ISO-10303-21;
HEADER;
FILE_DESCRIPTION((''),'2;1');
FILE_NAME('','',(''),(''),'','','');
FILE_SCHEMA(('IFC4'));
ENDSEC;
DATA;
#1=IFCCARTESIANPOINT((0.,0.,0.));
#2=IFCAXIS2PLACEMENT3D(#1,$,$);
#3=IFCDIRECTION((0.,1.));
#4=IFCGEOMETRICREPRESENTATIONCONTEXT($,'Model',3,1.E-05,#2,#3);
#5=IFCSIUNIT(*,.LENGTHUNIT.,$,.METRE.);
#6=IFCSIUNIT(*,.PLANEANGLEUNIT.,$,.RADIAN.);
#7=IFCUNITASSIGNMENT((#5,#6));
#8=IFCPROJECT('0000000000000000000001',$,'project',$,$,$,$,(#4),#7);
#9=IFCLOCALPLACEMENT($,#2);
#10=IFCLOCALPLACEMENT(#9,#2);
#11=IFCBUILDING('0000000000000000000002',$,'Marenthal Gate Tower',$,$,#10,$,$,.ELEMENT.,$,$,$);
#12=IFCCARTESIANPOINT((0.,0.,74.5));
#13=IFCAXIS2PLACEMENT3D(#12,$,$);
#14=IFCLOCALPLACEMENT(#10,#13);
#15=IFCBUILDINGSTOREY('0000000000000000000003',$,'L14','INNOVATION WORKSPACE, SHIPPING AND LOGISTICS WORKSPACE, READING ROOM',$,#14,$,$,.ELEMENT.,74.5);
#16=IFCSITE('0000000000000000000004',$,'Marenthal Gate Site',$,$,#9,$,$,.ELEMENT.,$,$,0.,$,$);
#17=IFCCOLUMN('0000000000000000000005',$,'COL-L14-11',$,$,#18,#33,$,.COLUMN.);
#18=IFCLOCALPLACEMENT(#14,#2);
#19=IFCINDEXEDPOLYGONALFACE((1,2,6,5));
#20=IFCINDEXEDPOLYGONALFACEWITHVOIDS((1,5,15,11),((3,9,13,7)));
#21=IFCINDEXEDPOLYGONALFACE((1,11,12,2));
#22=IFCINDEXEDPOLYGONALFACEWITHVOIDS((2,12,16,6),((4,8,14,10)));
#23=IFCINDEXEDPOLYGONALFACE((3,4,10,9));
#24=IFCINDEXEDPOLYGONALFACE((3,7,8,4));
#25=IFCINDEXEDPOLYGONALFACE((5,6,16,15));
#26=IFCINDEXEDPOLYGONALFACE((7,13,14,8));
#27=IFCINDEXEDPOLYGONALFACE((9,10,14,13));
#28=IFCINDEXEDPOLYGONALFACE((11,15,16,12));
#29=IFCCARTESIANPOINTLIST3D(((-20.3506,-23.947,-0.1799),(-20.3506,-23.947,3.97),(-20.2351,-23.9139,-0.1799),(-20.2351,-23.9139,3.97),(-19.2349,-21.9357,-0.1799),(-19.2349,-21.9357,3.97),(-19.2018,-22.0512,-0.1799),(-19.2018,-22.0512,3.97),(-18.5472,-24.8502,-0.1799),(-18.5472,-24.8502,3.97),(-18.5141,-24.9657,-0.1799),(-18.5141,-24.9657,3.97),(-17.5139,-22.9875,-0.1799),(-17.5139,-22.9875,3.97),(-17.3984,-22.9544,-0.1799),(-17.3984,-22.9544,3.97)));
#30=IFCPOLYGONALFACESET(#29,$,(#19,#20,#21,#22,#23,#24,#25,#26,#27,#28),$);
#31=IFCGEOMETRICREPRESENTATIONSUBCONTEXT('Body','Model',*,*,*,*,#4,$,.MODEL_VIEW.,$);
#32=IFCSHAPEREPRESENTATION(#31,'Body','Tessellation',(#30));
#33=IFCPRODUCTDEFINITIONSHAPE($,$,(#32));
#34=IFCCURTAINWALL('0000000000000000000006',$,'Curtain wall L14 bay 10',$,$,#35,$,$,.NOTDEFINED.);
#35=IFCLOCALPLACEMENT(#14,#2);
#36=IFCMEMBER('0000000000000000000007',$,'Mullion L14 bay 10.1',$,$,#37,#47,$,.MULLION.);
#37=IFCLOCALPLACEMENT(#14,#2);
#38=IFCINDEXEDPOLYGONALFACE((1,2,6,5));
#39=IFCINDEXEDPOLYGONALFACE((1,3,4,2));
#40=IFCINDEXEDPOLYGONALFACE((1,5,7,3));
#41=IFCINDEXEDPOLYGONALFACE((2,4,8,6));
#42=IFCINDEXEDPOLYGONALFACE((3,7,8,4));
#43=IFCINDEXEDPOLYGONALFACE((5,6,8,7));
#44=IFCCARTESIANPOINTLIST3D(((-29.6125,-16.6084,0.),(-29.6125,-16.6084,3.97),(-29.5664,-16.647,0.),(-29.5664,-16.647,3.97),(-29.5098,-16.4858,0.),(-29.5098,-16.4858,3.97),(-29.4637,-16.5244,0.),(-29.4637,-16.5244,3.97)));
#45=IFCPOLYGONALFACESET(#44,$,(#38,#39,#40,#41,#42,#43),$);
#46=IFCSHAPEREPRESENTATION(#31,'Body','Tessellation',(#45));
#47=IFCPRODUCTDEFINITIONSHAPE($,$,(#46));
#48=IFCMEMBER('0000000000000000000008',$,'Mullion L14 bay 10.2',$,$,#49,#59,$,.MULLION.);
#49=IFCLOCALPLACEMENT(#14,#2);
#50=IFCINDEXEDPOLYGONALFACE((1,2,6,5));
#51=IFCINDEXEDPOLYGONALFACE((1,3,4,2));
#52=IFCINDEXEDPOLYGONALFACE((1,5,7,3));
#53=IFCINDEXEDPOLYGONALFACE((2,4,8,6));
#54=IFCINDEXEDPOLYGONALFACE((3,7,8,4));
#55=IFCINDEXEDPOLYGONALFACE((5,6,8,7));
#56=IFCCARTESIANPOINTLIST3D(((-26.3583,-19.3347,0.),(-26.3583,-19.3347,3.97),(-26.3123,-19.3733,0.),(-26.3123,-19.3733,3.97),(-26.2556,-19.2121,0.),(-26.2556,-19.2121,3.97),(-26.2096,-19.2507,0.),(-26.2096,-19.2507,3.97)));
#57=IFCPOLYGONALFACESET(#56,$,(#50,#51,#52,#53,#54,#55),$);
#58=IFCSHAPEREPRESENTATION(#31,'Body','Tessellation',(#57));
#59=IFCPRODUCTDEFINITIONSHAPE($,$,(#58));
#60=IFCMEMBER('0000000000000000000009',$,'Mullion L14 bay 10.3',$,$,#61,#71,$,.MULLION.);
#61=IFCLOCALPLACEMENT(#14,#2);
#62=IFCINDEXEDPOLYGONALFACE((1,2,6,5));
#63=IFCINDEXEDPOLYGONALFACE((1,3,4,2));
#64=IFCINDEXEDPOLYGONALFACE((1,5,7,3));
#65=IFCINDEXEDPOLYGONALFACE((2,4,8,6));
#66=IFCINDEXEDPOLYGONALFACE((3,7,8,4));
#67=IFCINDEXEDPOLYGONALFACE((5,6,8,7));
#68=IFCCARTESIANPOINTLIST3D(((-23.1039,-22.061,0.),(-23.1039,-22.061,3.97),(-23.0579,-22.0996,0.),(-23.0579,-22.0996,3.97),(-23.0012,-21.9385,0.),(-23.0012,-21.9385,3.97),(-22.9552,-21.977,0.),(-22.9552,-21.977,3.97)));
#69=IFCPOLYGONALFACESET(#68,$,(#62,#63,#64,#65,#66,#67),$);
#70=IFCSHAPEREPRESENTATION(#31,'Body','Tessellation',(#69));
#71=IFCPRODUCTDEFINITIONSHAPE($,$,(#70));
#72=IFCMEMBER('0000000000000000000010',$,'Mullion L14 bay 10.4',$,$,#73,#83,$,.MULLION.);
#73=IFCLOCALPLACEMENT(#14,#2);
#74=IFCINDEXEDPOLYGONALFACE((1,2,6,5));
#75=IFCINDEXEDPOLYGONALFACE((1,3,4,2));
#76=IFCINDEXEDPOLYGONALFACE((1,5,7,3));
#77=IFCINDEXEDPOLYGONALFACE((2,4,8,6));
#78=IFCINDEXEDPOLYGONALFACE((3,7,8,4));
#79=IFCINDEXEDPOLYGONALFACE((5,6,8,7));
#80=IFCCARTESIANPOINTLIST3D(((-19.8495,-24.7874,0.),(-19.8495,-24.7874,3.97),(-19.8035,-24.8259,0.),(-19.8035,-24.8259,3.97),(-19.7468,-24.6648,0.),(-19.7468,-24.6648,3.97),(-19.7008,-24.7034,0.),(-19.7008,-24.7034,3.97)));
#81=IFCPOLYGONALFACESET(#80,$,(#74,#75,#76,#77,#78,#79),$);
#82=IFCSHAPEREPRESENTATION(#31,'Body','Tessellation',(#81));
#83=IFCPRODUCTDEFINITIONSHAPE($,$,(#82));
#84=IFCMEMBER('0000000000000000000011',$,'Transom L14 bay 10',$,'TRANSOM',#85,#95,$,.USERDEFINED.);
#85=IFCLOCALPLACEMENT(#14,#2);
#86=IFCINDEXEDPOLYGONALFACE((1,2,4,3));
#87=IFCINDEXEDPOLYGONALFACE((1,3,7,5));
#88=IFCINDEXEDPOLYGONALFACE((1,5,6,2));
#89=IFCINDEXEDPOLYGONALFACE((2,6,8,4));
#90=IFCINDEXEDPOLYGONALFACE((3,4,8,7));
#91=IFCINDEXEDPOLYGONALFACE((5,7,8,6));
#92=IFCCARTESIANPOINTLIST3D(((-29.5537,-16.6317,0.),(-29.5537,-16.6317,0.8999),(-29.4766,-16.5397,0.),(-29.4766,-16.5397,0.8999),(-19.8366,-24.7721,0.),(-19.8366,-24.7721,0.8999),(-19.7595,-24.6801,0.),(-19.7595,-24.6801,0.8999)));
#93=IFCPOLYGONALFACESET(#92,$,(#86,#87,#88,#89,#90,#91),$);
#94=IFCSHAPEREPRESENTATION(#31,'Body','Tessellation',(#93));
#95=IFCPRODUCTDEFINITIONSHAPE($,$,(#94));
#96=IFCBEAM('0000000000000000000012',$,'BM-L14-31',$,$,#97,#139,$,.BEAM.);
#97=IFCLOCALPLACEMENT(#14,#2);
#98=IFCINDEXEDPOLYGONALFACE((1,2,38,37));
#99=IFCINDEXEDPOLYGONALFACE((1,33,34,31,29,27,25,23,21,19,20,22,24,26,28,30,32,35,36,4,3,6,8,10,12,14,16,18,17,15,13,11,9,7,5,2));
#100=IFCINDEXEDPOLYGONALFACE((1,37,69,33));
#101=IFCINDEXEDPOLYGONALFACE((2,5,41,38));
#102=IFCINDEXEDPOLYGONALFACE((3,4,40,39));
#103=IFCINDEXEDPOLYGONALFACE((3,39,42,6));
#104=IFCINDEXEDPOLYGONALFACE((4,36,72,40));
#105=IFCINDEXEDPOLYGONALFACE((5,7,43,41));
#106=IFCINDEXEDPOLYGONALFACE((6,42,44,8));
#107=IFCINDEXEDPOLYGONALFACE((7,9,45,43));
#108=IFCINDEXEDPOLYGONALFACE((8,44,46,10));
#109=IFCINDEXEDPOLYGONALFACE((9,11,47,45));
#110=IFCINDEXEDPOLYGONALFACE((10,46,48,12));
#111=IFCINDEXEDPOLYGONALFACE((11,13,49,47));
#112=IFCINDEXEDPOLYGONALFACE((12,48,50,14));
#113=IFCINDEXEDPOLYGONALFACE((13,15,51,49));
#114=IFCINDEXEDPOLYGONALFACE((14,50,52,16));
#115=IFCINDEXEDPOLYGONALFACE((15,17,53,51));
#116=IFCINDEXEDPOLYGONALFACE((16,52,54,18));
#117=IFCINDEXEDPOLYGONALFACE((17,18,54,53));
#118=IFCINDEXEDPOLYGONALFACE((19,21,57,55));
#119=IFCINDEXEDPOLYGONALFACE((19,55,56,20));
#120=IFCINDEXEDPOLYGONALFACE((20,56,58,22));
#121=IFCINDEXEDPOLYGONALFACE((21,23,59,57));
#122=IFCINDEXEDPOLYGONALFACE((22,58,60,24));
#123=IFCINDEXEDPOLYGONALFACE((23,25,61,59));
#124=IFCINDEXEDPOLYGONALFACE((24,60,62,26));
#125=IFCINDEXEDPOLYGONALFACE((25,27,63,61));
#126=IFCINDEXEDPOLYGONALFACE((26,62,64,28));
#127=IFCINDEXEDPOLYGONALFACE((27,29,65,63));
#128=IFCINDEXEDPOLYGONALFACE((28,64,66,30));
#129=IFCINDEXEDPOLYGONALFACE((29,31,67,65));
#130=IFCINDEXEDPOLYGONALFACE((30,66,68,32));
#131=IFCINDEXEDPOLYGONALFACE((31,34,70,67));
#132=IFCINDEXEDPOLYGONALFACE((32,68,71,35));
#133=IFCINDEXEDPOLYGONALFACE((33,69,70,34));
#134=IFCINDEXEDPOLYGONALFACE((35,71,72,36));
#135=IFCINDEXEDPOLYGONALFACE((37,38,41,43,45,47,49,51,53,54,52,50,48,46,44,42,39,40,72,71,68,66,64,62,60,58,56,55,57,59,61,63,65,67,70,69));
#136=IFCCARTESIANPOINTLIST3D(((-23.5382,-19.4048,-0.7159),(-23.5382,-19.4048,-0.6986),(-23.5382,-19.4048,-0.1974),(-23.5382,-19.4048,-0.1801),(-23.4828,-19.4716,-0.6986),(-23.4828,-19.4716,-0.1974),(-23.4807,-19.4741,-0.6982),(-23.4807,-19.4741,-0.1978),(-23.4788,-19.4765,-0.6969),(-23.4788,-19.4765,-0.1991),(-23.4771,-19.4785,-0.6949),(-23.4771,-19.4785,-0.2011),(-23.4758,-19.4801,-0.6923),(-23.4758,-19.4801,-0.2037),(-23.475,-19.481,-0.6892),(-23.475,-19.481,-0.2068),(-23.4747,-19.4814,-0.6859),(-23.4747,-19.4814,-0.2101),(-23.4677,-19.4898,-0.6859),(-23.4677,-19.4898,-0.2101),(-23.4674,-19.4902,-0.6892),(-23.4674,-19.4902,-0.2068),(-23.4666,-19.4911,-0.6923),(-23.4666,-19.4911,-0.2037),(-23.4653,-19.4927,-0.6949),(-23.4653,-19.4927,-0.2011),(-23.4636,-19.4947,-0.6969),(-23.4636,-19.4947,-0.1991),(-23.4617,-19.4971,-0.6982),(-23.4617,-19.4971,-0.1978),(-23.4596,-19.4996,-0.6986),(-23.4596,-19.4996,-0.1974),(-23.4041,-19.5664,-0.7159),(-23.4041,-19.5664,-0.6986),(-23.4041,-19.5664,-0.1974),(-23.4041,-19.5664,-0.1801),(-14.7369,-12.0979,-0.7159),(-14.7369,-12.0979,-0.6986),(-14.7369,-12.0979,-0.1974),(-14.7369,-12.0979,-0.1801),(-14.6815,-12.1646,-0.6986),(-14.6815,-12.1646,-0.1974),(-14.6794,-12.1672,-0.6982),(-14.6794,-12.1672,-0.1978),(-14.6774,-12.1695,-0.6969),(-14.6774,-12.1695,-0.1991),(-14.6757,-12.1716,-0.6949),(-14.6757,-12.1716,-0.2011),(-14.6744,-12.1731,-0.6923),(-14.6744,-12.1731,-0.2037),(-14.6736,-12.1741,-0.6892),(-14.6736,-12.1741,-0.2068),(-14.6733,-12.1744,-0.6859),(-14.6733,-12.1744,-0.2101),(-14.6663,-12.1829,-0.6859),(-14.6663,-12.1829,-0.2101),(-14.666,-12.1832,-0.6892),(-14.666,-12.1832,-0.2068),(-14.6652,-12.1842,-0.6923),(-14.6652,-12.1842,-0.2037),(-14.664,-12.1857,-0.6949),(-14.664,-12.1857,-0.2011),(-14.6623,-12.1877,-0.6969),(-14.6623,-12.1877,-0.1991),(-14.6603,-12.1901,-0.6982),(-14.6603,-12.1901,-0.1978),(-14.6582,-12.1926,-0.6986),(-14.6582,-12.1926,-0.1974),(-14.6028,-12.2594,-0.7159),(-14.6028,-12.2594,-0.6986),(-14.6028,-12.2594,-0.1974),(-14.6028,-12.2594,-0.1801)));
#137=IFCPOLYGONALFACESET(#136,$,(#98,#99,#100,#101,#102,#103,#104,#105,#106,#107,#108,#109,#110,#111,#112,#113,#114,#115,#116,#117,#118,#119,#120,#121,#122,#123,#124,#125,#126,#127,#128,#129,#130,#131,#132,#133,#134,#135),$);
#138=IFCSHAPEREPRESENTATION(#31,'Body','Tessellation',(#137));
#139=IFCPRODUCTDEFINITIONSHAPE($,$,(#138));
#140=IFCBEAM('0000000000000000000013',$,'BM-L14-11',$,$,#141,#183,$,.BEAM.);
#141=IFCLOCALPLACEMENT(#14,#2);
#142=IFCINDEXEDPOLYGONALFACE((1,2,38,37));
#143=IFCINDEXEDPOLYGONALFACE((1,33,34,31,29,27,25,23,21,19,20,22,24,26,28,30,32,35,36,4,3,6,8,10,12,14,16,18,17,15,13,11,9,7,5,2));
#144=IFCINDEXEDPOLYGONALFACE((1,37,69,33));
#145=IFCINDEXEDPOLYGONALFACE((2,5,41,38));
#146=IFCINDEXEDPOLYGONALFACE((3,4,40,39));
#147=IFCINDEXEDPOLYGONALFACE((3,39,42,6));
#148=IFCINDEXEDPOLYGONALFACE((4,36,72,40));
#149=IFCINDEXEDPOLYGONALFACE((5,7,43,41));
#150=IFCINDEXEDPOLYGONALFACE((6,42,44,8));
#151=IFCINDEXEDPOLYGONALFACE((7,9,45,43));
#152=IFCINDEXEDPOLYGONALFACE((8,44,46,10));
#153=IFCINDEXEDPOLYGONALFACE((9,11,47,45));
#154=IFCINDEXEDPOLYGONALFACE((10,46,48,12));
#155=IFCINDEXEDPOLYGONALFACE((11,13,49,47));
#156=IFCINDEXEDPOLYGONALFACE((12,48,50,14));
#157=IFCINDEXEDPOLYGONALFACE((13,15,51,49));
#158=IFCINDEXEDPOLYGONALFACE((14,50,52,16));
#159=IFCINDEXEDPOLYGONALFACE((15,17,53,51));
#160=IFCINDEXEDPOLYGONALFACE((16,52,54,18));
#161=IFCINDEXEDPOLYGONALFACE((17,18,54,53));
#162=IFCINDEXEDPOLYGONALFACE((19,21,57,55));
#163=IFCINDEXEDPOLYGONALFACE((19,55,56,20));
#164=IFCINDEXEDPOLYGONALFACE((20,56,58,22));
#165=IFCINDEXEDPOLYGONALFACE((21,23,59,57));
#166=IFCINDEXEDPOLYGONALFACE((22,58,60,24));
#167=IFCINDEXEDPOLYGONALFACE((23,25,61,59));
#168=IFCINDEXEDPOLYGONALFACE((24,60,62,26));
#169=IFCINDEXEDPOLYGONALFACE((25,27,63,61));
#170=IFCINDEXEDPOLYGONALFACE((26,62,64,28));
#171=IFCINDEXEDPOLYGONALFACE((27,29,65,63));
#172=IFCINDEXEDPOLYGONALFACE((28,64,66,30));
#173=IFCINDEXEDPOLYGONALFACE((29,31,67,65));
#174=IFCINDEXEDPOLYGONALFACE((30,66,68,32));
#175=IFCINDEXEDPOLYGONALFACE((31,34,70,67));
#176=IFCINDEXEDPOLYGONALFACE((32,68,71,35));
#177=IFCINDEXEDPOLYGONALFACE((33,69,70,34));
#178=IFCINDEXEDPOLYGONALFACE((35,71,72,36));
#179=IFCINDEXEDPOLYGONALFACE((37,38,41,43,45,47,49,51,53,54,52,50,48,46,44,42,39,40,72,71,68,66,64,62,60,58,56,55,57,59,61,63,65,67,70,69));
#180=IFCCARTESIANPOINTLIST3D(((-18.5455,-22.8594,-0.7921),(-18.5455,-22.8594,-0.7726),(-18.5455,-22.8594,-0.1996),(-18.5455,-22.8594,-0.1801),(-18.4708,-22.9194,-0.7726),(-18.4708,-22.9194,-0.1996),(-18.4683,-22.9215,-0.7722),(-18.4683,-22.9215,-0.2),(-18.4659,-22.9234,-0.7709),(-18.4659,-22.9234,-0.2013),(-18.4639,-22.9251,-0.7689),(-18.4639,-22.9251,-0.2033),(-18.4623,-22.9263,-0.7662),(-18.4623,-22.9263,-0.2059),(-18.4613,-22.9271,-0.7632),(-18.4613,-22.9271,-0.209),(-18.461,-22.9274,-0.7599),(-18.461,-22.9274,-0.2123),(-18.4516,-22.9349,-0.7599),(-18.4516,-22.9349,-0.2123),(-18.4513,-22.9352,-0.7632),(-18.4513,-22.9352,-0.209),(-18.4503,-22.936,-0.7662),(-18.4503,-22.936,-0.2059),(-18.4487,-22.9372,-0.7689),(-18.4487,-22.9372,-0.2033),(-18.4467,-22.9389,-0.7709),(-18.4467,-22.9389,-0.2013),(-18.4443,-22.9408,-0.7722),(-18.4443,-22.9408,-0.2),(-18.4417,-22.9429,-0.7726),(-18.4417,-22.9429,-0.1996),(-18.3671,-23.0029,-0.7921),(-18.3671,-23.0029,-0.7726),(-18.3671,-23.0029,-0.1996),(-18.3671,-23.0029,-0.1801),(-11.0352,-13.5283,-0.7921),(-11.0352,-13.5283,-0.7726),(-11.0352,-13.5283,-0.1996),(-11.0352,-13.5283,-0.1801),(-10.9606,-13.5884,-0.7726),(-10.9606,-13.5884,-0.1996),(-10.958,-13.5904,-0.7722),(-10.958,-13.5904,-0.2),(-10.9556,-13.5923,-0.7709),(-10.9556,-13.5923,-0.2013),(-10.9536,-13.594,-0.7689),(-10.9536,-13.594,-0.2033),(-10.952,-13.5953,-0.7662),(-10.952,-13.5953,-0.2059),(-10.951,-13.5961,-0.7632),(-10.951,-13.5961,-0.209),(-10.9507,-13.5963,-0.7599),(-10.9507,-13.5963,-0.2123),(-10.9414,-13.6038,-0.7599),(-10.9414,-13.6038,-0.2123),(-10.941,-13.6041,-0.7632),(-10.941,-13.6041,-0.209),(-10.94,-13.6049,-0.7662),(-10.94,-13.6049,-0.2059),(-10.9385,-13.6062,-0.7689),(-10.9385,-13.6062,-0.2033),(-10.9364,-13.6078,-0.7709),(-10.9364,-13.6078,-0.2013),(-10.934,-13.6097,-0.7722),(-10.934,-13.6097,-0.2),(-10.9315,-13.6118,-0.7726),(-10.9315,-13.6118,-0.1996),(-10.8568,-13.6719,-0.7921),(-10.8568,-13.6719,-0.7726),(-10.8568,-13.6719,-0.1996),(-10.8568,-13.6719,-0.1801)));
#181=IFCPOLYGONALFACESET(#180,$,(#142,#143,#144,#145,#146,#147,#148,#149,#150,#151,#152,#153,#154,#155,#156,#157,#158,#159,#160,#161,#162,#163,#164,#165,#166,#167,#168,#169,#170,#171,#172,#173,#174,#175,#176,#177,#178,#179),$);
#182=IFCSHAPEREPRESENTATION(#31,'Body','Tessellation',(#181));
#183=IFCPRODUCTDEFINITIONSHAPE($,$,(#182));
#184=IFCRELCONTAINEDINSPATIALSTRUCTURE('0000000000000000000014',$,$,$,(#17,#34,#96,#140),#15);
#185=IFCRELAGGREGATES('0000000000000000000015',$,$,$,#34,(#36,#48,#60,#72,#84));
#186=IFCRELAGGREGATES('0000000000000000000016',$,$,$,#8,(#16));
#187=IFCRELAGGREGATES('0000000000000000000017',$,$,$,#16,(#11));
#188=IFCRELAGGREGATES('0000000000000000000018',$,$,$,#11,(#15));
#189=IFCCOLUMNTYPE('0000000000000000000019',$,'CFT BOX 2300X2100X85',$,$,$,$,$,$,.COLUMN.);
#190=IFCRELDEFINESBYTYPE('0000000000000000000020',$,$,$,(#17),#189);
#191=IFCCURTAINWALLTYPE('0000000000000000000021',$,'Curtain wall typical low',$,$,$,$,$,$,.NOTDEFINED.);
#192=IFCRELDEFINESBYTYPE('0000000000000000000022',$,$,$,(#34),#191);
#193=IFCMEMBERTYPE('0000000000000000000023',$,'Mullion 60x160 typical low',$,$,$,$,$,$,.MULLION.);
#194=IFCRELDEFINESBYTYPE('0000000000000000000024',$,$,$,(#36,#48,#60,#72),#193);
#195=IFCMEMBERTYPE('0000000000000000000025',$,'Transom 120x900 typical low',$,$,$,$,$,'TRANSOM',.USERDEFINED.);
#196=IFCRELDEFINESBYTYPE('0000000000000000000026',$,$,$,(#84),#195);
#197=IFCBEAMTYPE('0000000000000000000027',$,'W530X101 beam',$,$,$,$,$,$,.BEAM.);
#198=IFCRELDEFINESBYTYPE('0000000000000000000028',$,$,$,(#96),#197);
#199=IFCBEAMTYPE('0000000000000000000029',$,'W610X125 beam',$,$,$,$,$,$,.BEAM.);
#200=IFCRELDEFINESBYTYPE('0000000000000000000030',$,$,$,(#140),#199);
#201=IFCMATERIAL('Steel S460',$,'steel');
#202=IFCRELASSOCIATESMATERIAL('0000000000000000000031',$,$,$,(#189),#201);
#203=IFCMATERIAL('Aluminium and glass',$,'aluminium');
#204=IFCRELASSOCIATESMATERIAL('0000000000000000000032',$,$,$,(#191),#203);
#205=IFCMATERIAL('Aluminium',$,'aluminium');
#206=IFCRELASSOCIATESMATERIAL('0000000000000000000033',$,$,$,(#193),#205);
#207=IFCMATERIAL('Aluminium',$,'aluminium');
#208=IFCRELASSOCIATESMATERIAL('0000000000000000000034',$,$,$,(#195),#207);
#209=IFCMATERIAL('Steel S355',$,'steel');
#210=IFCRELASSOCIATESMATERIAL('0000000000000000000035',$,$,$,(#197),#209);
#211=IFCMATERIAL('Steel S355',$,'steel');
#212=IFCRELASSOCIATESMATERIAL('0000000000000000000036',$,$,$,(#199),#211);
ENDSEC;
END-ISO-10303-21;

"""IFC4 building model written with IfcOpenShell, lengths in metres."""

from ifc_helpers import new_model, si_unit, direction, frame, origin, origin_2d, place, context, subcontext, project, spatial, rectangle, hollow_rectangle, i_section, extrude, material, material_profile, profile_set, type_object, element, aggregate, save


model = new_model("IFC4")

# Units and contexts
model_context = context("Model", 3, precision=1e-05, world=origin(), true_north=direction((0.0, 1.0)))
body_context = subcontext(model_context, "Body", "Model", "MODEL_VIEW")
ifc_project = project(units=[si_unit("LENGTHUNIT", "METRE"), si_unit("PLANEANGLEUNIT", "RADIAN")], contexts=[model_context])

# Site, building, storey
site_placement = place(None, origin())
site = spatial("IfcSite", under=ifc_project, at=site_placement, Name="Marenthal Gate Site", CompositionType="ELEMENT", RefElevation=0.0)
building_placement = place(site_placement, origin())
building = spatial("IfcBuilding", under=site, at=building_placement, Name="Marenthal Gate Tower", CompositionType="ELEMENT")
storey_placement = place(building_placement, frame((0.0, 0.0, 74.5)))
storey = spatial("IfcBuildingStorey", under=building, at=storey_placement, Name="L14", Description="INNOVATION WORKSPACE, SHIPPING AND LOGISTICS WORKSPACE, READING ROOM", CompositionType="ELEMENT", Elevation=74.5)

# Column
ifc_material_1 = material(Name="Steel S460", Category="steel")
ifc_material_profile_1 = material_profile(ifc_material_1, hollow_rectangle(XDim=2.1001, YDim=2.3, WallThickness=0.085, at=origin_2d()), Name="CFT BOX 2300X2100X85")
ifc_material_2 = material(Name="Concrete 70 MPa", Category="concrete")
ifc_material_profile_2 = material_profile(ifc_material_2, rectangle(XDim=1.9299, YDim=2.1299, at=origin_2d()), Name="CFT BOX 2300X2100X85 INFILL")
ifc_profile_set_1 = profile_set([ifc_material_profile_1, ifc_material_profile_2], Name="Steel S460 shell, Concrete 70 MPa infill")
column_type = type_object("IfcColumnType", Name="CFT BOX 2300X2100X85", PredefinedType="COLUMN", material=ifc_profile_set_1)
column_placement = place(storey_placement, frame((-18.8745, -23.4507, -0.1799), z_axis=(0.0, 0.0, 1.0), x_axis=(-0.874469, 0.485081, 0.0)))
element("IfcColumn", 1, at=column_placement, inside=storey, type_object=column_type, Name="COL-L14-11", PredefinedType="COLUMN", context=body_context, shape_type="SweptSolid", body=[
    extrude(hollow_rectangle(XDim=2.1001, YDim=2.3, WallThickness=0.085, at=origin_2d()), origin(), (0.0, 0.0, 1.0), 4.1499),
])

# Curtain wall, members
ifc_material_3 = material(Name="Aluminium and glass", Category="aluminium")
curtain_wall_type = type_object("IfcCurtainWallType", Name="Curtain wall typical low", PredefinedType="NOTDEFINED", material=ifc_material_3)
curtain_wall_placement = place(storey_placement, origin())
curtain_wall = element("IfcCurtainWall", 2, at=curtain_wall_placement, inside=storey, type_object=curtain_wall_type, Name="Curtain wall L14 bay 10", PredefinedType="NOTDEFINED")
ifc_material_4 = material(Name="Aluminium", Category="aluminium")
ifc_material_profile_3 = material_profile(ifc_material_4, rectangle(XDim=0.1599, YDim=0.0601, at=origin_2d()), Name="60x160 aluminium mullion")
ifc_profile_set_2 = profile_set([ifc_material_profile_3], Name="Aluminium")
member_type_1 = type_object("IfcMemberType", Name="Mullion 60x160 typical low", PredefinedType="MULLION", material=ifc_profile_set_2)
member_1_placement = place(storey_placement, frame((-29.5381, -16.5664, 0.0), z_axis=(0.0, 0.0, 1.0), x_axis=(0.642176, 0.766557, 0.0)))
member_1 = element("IfcMember", 3, at=member_1_placement, type_object=member_type_1, Name="Mullion L14 bay 10.1", PredefinedType="MULLION", context=body_context, shape_type="SweptSolid", body=[
    extrude(rectangle(XDim=0.1599, YDim=0.0601, at=origin_2d()), origin(), (0.0, 0.0, 1.0), 3.97),
])
member_2_placement = place(storey_placement, frame((-26.2839, -19.2927, 0.0), z_axis=(0.0, 0.0, 1.0), x_axis=(0.642176, 0.766557, 0.0)))
member_2 = element("IfcMember", 4, at=member_2_placement, type_object=member_type_1, Name="Mullion L14 bay 10.2", PredefinedType="MULLION", context=body_context, shape_type="SweptSolid", body=[
    extrude(rectangle(XDim=0.1599, YDim=0.0601, at=origin_2d()), origin(), (0.0, 0.0, 1.0), 3.97),
])
member_3_placement = place(storey_placement, frame((-23.0295, -22.019, 0.0), z_axis=(0.0, 0.0, 1.0), x_axis=(0.642176, 0.766557, 0.0)))
member_3 = element("IfcMember", 5, at=member_3_placement, type_object=member_type_1, Name="Mullion L14 bay 10.3", PredefinedType="MULLION", context=body_context, shape_type="SweptSolid", body=[
    extrude(rectangle(XDim=0.1599, YDim=0.0601, at=origin_2d()), origin(), (0.0, 0.0, 1.0), 3.97),
])
member_4_placement = place(storey_placement, frame((-19.7751, -24.7454, 0.0), z_axis=(0.0, 0.0, 1.0), x_axis=(0.642176, 0.766557, 0.0)))
member_4 = element("IfcMember", 6, at=member_4_placement, type_object=member_type_1, Name="Mullion L14 bay 10.4", PredefinedType="MULLION", context=body_context, shape_type="SweptSolid", body=[
    extrude(rectangle(XDim=0.1599, YDim=0.0601, at=origin_2d()), origin(), (0.0, 0.0, 1.0), 3.97),
])
ifc_material_5 = material(Name="Aluminium", Category="aluminium")
ifc_material_profile_4 = material_profile(ifc_material_5, rectangle(XDim=0.1201, YDim=0.8999, at=origin_2d()), Name="120x900 aluminium transom")
ifc_profile_set_3 = profile_set([ifc_material_profile_4], Name="Aluminium")
member_type_2 = type_object("IfcMemberType", Name="Transom 120x900 typical low", ElementType="TRANSOM", PredefinedType="USERDEFINED", material=ifc_profile_set_3)
member_5_placement = place(storey_placement, frame((-29.5151, -16.5857, 0.45), z_axis=(0.766556, -0.642177, 0.0), x_axis=(0.642177, 0.766556, 0.0)))
member_5 = element("IfcMember", 7, at=member_5_placement, type_object=member_type_2, Name="Transom L14 bay 10", ObjectType="TRANSOM", PredefinedType="USERDEFINED", context=body_context, shape_type="SweptSolid", body=[
    extrude(rectangle(XDim=0.1201, YDim=0.8999, at=origin_2d()), origin(), (0.0, 0.0, 1.0), 12.6763),
])

# Beams
ifc_material_6 = material(Name="Steel S355", Category="steel")
ifc_material_profile_5 = material_profile(ifc_material_6, i_section(OverallWidth=0.21, OverallDepth=0.5359, WebThickness=0.011, FlangeThickness=0.0173, FilletRadius=0.0127, at=origin_2d()), Name="W530X101")
ifc_profile_set_4 = profile_set([ifc_material_profile_5], Name="Steel S355")
beam_type_1 = type_object("IfcBeamType", Name="W530X101 beam", PredefinedType="BEAM", material=ifc_profile_set_4)
beam_1_placement = place(storey_placement, frame((-23.4712, -19.4856, -0.448), z_axis=(0.769403, 0.638764, 0.0), x_axis=(-0.638764, 0.769403, 0.0)))
element("IfcBeam", 8, at=beam_1_placement, inside=storey, type_object=beam_type_1, Name="BM-L14-31", PredefinedType="BEAM", context=body_context, shape_type="SweptSolid", body=[
    extrude(i_section(OverallWidth=0.21, OverallDepth=0.5359, WebThickness=0.011, FlangeThickness=0.0173, FilletRadius=0.0127, at=origin_2d()), origin(), (0.0, 0.0, 1.0), 11.4392),
])
ifc_material_7 = material(Name="Steel S355", Category="steel")
ifc_material_profile_6 = material_profile(ifc_material_7, i_section(OverallWidth=0.229, OverallDepth=0.6121, WebThickness=0.012, FlangeThickness=0.0195, FilletRadius=0.0127, at=origin_2d()), Name="W610X125")
ifc_profile_set_5 = profile_set([ifc_material_profile_6], Name="Steel S355")
beam_type_2 = type_object("IfcBeamType", Name="W610X125 beam", PredefinedType="BEAM", material=ifc_profile_set_5)
beam_2_placement = place(storey_placement, frame((-18.4563, -22.9312, -0.4861), z_axis=(0.627004, 0.779016, 0.0), x_axis=(-0.779016, 0.627004, 0.0)))
element("IfcBeam", 9, at=beam_2_placement, inside=storey, type_object=beam_type_2, Name="BM-L14-11", PredefinedType="BEAM", context=body_context, shape_type="SweptSolid", body=[
    extrude(i_section(OverallWidth=0.229, OverallDepth=0.6121, WebThickness=0.012, FlangeThickness=0.0195, FilletRadius=0.0127, at=origin_2d()), origin(), (0.0, 0.0, 1.0), 11.978),
])

aggregate(curtain_wall, [member_1, member_2, member_3, member_4, member_5])

save(model, "model.ifc")
